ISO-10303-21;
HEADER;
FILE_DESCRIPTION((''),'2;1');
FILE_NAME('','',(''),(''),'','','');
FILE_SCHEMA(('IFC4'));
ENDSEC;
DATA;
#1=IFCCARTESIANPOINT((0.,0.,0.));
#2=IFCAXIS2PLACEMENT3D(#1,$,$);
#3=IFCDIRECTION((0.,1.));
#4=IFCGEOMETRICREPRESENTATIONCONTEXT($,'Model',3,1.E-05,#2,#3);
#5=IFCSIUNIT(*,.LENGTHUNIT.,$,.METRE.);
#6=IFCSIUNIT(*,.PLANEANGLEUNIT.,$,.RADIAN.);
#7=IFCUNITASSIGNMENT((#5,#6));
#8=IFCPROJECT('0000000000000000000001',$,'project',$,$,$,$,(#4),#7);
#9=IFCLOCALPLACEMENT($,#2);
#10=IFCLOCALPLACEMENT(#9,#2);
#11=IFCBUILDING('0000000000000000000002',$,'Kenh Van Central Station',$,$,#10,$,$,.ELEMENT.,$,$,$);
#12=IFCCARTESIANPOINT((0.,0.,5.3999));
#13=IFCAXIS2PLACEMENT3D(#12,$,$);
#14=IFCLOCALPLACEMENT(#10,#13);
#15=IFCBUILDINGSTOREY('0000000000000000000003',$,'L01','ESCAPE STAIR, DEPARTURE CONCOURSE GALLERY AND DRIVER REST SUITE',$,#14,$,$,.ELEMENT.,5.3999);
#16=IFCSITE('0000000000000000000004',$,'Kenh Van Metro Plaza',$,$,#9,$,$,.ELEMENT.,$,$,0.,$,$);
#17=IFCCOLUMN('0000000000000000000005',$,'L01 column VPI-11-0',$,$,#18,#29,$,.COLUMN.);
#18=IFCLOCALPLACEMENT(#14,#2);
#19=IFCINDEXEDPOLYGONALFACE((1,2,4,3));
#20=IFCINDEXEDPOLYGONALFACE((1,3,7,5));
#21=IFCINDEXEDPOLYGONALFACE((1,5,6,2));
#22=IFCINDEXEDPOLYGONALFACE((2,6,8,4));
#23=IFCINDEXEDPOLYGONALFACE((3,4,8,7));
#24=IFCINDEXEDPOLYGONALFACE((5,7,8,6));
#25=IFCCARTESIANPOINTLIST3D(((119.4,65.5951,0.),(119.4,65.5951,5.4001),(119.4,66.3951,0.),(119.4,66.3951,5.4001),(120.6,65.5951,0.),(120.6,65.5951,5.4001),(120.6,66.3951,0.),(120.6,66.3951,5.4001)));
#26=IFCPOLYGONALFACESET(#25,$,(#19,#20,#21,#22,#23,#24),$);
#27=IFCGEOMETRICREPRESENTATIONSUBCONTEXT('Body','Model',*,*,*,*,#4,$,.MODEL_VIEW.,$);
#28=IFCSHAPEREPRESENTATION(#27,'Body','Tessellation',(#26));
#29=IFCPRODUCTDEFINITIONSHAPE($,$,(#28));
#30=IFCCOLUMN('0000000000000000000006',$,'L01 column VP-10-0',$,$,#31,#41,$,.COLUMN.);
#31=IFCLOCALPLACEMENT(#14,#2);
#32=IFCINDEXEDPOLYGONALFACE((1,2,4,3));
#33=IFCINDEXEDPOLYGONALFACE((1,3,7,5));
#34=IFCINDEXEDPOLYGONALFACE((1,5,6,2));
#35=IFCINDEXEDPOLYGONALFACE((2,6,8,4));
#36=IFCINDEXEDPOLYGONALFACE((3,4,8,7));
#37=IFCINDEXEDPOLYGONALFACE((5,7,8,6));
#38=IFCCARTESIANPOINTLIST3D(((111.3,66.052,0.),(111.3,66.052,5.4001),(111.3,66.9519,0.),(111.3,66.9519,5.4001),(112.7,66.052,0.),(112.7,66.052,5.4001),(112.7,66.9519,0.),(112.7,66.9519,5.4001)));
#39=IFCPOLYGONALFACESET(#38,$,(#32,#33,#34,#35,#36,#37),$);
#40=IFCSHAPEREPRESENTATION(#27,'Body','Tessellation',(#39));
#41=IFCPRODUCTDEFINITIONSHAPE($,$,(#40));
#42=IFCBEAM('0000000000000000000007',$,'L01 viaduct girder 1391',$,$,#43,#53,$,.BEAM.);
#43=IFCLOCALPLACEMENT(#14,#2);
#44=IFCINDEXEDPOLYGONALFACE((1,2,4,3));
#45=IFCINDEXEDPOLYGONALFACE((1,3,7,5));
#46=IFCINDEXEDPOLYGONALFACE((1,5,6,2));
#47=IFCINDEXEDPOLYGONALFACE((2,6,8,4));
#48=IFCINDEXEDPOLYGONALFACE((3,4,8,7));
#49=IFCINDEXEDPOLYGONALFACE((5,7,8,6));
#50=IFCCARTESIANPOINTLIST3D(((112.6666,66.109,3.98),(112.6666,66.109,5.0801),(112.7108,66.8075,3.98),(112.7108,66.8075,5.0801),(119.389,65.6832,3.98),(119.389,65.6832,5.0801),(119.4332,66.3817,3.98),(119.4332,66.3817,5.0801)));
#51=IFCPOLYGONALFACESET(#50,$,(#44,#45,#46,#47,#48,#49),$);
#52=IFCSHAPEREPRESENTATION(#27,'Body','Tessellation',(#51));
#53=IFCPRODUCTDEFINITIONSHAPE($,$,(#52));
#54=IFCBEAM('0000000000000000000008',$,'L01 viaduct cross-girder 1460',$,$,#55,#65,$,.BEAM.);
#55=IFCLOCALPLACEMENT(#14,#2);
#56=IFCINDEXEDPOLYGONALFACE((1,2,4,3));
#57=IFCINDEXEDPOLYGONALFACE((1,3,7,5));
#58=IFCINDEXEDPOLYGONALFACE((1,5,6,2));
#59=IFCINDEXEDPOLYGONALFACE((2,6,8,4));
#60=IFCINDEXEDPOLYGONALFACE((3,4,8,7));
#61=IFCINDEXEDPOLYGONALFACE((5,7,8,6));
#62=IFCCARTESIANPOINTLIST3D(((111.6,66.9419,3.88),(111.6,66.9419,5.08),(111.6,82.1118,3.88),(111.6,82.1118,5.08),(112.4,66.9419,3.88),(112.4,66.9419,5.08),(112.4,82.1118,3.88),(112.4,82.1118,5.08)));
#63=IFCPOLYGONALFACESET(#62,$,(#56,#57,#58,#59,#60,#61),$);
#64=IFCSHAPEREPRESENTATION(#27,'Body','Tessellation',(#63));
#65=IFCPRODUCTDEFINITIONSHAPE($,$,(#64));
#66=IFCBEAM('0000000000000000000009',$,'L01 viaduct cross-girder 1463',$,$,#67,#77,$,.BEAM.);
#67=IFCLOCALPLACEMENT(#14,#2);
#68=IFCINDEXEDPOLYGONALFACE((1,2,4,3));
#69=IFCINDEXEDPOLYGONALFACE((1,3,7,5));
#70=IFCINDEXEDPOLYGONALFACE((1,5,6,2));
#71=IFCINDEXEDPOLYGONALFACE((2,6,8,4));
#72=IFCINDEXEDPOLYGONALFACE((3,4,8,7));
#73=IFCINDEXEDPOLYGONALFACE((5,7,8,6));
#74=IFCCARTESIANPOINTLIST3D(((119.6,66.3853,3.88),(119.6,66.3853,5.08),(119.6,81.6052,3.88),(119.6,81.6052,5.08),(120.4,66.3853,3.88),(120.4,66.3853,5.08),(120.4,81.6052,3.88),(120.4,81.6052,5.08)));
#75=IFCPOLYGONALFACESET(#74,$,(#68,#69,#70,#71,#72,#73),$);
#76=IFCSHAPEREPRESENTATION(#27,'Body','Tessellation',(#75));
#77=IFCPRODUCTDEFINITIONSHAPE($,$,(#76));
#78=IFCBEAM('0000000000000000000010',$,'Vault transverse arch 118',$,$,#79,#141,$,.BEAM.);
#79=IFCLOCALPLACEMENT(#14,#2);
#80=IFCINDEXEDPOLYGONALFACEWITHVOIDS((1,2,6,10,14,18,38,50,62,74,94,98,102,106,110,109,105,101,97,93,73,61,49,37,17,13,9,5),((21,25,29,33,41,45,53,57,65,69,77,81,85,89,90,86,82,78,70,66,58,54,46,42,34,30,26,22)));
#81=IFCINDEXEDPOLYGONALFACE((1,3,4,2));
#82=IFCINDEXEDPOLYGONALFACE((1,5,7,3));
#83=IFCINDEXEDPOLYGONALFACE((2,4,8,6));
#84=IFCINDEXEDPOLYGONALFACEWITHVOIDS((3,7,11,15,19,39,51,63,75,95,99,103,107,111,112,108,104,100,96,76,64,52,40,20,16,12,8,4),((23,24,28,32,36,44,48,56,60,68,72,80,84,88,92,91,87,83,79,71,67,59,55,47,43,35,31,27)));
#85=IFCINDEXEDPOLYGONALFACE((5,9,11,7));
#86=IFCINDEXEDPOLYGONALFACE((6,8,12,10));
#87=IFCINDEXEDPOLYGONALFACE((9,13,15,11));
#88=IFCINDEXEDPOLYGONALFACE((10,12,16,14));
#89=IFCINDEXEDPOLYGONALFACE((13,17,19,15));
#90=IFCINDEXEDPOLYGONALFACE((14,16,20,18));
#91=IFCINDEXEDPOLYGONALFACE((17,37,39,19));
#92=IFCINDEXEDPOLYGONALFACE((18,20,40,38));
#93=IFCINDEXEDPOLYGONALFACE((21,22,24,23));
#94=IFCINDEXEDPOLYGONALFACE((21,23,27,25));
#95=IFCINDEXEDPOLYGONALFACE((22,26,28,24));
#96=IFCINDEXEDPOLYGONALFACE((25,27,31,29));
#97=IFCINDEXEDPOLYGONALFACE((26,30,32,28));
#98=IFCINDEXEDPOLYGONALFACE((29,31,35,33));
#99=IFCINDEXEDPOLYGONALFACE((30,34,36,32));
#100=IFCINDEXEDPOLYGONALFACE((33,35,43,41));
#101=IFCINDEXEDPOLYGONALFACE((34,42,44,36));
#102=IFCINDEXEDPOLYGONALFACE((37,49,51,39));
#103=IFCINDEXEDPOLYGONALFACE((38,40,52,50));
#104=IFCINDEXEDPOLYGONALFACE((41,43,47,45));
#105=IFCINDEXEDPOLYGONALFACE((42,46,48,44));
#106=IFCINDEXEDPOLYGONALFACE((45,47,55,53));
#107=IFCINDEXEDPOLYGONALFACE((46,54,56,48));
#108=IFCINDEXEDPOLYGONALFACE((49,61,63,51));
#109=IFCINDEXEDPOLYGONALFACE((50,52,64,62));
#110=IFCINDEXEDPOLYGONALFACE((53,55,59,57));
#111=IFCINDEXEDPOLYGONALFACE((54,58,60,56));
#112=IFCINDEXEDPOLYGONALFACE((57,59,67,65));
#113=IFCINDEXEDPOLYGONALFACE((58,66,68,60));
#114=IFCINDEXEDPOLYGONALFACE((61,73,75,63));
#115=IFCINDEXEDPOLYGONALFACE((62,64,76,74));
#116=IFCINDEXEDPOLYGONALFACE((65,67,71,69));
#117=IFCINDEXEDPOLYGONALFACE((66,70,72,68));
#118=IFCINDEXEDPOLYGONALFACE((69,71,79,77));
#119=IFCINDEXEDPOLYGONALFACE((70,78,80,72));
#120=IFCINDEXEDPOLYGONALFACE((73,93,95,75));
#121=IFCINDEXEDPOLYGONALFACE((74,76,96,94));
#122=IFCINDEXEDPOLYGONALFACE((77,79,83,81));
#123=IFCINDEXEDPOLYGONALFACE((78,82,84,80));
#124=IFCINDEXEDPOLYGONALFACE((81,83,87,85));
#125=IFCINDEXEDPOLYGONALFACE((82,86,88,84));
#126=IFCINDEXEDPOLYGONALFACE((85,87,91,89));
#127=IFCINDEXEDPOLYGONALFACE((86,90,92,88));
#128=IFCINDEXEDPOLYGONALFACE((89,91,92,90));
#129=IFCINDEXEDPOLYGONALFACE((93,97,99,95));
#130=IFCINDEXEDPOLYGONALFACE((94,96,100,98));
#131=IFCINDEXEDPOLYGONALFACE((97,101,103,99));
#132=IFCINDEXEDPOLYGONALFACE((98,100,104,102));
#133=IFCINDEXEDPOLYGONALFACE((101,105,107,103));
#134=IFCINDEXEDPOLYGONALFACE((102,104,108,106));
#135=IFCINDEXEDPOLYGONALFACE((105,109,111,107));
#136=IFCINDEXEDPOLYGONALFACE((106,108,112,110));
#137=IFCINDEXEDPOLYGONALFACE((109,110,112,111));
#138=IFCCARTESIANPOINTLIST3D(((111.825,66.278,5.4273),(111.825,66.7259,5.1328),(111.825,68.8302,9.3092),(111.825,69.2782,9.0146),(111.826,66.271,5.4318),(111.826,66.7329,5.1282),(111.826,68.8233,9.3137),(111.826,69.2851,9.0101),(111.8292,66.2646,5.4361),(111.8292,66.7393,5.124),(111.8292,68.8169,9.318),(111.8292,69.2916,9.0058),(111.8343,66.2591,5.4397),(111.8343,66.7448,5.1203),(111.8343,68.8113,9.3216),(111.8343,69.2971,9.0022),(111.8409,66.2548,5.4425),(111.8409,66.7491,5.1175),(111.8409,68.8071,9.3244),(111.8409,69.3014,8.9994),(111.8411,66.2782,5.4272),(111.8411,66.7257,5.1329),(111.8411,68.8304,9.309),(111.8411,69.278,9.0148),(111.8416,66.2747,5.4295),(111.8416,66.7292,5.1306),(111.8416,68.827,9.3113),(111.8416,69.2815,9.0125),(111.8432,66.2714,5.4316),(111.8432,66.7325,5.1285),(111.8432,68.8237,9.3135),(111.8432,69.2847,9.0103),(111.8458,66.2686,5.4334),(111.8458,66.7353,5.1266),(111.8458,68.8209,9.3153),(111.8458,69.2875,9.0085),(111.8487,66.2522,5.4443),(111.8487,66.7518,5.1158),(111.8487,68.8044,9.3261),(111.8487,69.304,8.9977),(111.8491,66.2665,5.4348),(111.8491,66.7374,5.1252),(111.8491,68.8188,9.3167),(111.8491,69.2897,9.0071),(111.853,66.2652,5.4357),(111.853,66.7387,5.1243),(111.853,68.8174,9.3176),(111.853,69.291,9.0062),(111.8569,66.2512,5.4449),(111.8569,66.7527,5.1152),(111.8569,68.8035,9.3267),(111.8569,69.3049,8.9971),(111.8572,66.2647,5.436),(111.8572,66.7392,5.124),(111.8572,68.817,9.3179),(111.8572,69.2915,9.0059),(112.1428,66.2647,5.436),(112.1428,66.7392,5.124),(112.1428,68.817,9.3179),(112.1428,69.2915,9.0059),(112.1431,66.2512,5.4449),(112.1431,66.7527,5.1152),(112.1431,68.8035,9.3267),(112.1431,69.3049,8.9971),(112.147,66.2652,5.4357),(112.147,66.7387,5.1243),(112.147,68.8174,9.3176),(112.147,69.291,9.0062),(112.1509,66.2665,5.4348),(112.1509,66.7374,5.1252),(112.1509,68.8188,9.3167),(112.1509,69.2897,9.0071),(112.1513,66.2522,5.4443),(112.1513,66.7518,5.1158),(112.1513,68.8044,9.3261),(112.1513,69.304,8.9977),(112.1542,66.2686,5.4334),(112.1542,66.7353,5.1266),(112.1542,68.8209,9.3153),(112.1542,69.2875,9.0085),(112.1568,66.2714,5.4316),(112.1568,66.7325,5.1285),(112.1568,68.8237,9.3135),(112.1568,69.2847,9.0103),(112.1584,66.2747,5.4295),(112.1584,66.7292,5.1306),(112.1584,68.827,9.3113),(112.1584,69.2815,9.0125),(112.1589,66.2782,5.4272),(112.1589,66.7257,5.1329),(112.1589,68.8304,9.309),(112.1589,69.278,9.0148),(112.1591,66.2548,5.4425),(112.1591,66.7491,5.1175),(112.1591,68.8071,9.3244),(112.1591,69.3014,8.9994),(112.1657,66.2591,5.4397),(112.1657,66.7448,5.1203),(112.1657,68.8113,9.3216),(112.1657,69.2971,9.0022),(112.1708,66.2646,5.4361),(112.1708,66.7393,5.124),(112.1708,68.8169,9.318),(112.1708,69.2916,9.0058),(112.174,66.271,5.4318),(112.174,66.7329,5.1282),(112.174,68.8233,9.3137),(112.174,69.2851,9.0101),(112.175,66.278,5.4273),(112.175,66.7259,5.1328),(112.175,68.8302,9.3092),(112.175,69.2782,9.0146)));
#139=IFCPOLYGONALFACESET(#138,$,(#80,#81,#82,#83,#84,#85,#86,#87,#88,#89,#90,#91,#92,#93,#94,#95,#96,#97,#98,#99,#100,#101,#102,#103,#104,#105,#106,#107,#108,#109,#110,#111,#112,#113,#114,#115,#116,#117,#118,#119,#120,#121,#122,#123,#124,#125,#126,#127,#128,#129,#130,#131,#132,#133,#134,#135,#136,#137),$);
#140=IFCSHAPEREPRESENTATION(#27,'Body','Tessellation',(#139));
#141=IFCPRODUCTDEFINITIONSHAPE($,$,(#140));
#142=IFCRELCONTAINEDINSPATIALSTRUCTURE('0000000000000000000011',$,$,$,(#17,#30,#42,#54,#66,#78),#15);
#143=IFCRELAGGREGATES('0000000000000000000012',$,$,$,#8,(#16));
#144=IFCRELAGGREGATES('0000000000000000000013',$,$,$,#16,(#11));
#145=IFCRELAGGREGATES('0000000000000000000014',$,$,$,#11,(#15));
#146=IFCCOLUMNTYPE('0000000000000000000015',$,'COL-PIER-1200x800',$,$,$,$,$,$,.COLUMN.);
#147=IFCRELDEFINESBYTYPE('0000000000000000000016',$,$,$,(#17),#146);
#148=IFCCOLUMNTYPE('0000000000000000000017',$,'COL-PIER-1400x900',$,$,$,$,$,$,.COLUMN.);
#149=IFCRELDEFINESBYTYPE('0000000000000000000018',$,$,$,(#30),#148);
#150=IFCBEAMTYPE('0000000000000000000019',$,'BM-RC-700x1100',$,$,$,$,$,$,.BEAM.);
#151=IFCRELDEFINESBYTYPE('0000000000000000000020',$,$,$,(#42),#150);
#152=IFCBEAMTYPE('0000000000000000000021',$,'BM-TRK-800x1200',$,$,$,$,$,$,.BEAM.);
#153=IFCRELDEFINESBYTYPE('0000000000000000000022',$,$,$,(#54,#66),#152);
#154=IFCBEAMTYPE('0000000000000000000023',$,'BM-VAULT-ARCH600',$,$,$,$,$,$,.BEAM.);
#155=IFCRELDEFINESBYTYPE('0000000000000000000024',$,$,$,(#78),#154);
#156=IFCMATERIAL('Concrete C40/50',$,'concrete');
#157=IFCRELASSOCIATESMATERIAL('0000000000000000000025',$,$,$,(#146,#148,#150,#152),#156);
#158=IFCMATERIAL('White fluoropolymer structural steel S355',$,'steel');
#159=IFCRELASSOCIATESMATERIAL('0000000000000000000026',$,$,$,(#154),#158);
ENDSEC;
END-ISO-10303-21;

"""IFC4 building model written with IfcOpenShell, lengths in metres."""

from ifc_helpers import new_model, si_unit, direction, frame, origin, origin_2d, place, context, subcontext, project, spatial, rectangle, hollow_rectangle, extrude, material, material_profile, profile_set, type_object, element, save


model = new_model("IFC4")

# Units and contexts
model_context = context("Model", 3, precision=1e-05, world=origin(), true_north=direction((0.0, 1.0)))
body_context = subcontext(model_context, "Body", "Model", "MODEL_VIEW")
ifc_project = project(units=[si_unit("LENGTHUNIT", "METRE"), si_unit("PLANEANGLEUNIT", "RADIAN")], contexts=[model_context])

# Site, building, storey
site_placement = place(None, origin())
site = spatial("IfcSite", under=ifc_project, at=site_placement, Name="Kenh Van Metro Plaza", CompositionType="ELEMENT", RefElevation=0.0)
building_placement = place(site_placement, origin())
building = spatial("IfcBuilding", under=site, at=building_placement, Name="Kenh Van Central Station", CompositionType="ELEMENT")
storey_placement = place(building_placement, frame((0.0, 0.0, 5.3999)))
storey = spatial("IfcBuildingStorey", under=building, at=storey_placement, Name="L01", Description="ESCAPE STAIR, DEPARTURE CONCOURSE GALLERY AND DRIVER REST SUITE", CompositionType="ELEMENT", Elevation=5.3999)

# Columns
ifc_material_1 = material(Name="Concrete C40/50", Category="concrete")
ifc_material_profile_1 = material_profile(ifc_material_1, rectangle(XDim=1.2, YDim=0.8, at=origin_2d()), Name="RC 1200x800")
ifc_profile_set_1 = profile_set([ifc_material_profile_1], Name="Concrete C40/50")
column_type_1 = type_object("IfcColumnType", Name="COL-PIER-1200x800", PredefinedType="COLUMN", material=ifc_profile_set_1)
column_1_placement = place(storey_placement, frame((120.0, 65.9951, 0.0), z_axis=(0.0, 0.0, 1.0), x_axis=(1.0, 0.0, 0.0)))
element("IfcColumn", 1, at=column_1_placement, inside=storey, type_object=column_type_1, Name="L01 column VPI-11-0", PredefinedType="COLUMN", context=body_context, shape_type="SweptSolid", body=[
    extrude(rectangle(XDim=1.2, YDim=0.8, at=origin_2d()), origin(), (0.0, 0.0, 1.0), 5.4001),
])
ifc_material_profile_2 = material_profile(ifc_material_1, rectangle(XDim=1.3999, YDim=0.8999, at=origin_2d()), Name="RC 1400x900")
ifc_profile_set_2 = profile_set([ifc_material_profile_2], Name="Concrete C40/50")
column_type_2 = type_object("IfcColumnType", Name="COL-PIER-1400x900", PredefinedType="COLUMN", material=ifc_profile_set_2)
column_2_placement = place(storey_placement, frame((112.0, 66.502, 0.0), z_axis=(0.0, 0.0, 1.0), x_axis=(1.0, 0.0, 0.0)))
element("IfcColumn", 2, at=column_2_placement, inside=storey, type_object=column_type_2, Name="L01 column VP-10-0", PredefinedType="COLUMN", context=body_context, shape_type="SweptSolid", body=[
    extrude(rectangle(XDim=1.3999, YDim=0.8999, at=origin_2d()), origin(), (0.0, 0.0, 1.0), 5.4001),
])

# Beams
ifc_material_profile_3 = material_profile(ifc_material_1, rectangle(XDim=0.7, YDim=1.1001, at=origin_2d()), Name="RC 700x1100")
ifc_profile_set_3 = profile_set([ifc_material_profile_3], Name="Concrete C40/50")
beam_type_1 = type_object("IfcBeamType", Name="BM-RC-700x1100", PredefinedType="BEAM", material=ifc_profile_set_3)
beam_1_placement = place(storey_placement, frame((112.6887, 66.4583, 4.53), z_axis=(0.998, -0.063211, 0.0), x_axis=(0.063211, 0.998, 0.0)))
element("IfcBeam", 3, at=beam_1_placement, inside=storey, type_object=beam_type_1, Name="L01 viaduct girder 1391", PredefinedType="BEAM", context=body_context, shape_type="SweptSolid", body=[
    extrude(rectangle(XDim=0.7, YDim=1.1001, at=origin_2d()), origin(), (0.0, 0.0, 1.0), 6.7358),
])
ifc_material_profile_4 = material_profile(ifc_material_1, rectangle(XDim=0.8, YDim=1.2, at=origin_2d()), Name="RC 800x1200")
ifc_profile_set_4 = profile_set([ifc_material_profile_4], Name="Concrete C40/50")
beam_type_2 = type_object("IfcBeamType", Name="BM-TRK-800x1200", PredefinedType="BEAM", material=ifc_profile_set_4)
beam_2_placement = place(storey_placement, frame((112.0, 66.9419, 4.48), z_axis=(0.0, 1.0, 0.0), x_axis=(-1.0, 0.0, 0.0)))
element("IfcBeam", 4, at=beam_2_placement, inside=storey, type_object=beam_type_2, Name="L01 viaduct cross-girder 1460", PredefinedType="BEAM", context=body_context, shape_type="SweptSolid", body=[
    extrude(rectangle(XDim=0.8, YDim=1.2, at=origin_2d()), origin(), (0.0, 0.0, 1.0), 15.1699),
])
beam_3_placement = place(storey_placement, frame((120.0, 66.3853, 4.48), z_axis=(0.0, 1.0, 0.0), x_axis=(-1.0, 0.0, 0.0)))
element("IfcBeam", 5, at=beam_3_placement, inside=storey, type_object=beam_type_2, Name="L01 viaduct cross-girder 1463", PredefinedType="BEAM", context=body_context, shape_type="SweptSolid", body=[
    extrude(rectangle(XDim=0.8, YDim=1.2, at=origin_2d()), origin(), (0.0, 0.0, 1.0), 15.22),
])
ifc_material_2 = material(Name="White fluoropolymer structural steel S355", Category="steel")
ifc_material_profile_5 = material_profile(ifc_material_2, hollow_rectangle(XDim=0.3501, YDim=0.6001, WallThickness=0.0161, InnerFilletRadius=0.0161, OuterFilletRadius=0.032, at=origin_2d()), Name="RHS 600x350x16")
ifc_profile_set_5 = profile_set([ifc_material_profile_5], Name="White fluoropolymer structural steel S355")
beam_type_3 = type_object("IfcBeamType", Name="BM-VAULT-ARCH600", PredefinedType="BEAM", material=ifc_profile_set_5)
beam_4_placement = place(storey_placement, frame((112.0, 66.502, 5.28), z_axis=(0.0, 0.549377, 0.835575), x_axis=(-1.0, 0.0, 0.0)))
element("IfcBeam", 6, at=beam_4_placement, inside=storey, type_object=beam_type_3, Name="Vault transverse arch 118", PredefinedType="BEAM", context=body_context, shape_type="SweptSolid", body=[
    extrude(hollow_rectangle(XDim=0.3501, YDim=0.6001, WallThickness=0.0161, InnerFilletRadius=0.0161, OuterFilletRadius=0.032, at=origin_2d()), origin(), (0.0, 0.0, 1.0), 4.6458),
])

save(model, "model.ifc")
